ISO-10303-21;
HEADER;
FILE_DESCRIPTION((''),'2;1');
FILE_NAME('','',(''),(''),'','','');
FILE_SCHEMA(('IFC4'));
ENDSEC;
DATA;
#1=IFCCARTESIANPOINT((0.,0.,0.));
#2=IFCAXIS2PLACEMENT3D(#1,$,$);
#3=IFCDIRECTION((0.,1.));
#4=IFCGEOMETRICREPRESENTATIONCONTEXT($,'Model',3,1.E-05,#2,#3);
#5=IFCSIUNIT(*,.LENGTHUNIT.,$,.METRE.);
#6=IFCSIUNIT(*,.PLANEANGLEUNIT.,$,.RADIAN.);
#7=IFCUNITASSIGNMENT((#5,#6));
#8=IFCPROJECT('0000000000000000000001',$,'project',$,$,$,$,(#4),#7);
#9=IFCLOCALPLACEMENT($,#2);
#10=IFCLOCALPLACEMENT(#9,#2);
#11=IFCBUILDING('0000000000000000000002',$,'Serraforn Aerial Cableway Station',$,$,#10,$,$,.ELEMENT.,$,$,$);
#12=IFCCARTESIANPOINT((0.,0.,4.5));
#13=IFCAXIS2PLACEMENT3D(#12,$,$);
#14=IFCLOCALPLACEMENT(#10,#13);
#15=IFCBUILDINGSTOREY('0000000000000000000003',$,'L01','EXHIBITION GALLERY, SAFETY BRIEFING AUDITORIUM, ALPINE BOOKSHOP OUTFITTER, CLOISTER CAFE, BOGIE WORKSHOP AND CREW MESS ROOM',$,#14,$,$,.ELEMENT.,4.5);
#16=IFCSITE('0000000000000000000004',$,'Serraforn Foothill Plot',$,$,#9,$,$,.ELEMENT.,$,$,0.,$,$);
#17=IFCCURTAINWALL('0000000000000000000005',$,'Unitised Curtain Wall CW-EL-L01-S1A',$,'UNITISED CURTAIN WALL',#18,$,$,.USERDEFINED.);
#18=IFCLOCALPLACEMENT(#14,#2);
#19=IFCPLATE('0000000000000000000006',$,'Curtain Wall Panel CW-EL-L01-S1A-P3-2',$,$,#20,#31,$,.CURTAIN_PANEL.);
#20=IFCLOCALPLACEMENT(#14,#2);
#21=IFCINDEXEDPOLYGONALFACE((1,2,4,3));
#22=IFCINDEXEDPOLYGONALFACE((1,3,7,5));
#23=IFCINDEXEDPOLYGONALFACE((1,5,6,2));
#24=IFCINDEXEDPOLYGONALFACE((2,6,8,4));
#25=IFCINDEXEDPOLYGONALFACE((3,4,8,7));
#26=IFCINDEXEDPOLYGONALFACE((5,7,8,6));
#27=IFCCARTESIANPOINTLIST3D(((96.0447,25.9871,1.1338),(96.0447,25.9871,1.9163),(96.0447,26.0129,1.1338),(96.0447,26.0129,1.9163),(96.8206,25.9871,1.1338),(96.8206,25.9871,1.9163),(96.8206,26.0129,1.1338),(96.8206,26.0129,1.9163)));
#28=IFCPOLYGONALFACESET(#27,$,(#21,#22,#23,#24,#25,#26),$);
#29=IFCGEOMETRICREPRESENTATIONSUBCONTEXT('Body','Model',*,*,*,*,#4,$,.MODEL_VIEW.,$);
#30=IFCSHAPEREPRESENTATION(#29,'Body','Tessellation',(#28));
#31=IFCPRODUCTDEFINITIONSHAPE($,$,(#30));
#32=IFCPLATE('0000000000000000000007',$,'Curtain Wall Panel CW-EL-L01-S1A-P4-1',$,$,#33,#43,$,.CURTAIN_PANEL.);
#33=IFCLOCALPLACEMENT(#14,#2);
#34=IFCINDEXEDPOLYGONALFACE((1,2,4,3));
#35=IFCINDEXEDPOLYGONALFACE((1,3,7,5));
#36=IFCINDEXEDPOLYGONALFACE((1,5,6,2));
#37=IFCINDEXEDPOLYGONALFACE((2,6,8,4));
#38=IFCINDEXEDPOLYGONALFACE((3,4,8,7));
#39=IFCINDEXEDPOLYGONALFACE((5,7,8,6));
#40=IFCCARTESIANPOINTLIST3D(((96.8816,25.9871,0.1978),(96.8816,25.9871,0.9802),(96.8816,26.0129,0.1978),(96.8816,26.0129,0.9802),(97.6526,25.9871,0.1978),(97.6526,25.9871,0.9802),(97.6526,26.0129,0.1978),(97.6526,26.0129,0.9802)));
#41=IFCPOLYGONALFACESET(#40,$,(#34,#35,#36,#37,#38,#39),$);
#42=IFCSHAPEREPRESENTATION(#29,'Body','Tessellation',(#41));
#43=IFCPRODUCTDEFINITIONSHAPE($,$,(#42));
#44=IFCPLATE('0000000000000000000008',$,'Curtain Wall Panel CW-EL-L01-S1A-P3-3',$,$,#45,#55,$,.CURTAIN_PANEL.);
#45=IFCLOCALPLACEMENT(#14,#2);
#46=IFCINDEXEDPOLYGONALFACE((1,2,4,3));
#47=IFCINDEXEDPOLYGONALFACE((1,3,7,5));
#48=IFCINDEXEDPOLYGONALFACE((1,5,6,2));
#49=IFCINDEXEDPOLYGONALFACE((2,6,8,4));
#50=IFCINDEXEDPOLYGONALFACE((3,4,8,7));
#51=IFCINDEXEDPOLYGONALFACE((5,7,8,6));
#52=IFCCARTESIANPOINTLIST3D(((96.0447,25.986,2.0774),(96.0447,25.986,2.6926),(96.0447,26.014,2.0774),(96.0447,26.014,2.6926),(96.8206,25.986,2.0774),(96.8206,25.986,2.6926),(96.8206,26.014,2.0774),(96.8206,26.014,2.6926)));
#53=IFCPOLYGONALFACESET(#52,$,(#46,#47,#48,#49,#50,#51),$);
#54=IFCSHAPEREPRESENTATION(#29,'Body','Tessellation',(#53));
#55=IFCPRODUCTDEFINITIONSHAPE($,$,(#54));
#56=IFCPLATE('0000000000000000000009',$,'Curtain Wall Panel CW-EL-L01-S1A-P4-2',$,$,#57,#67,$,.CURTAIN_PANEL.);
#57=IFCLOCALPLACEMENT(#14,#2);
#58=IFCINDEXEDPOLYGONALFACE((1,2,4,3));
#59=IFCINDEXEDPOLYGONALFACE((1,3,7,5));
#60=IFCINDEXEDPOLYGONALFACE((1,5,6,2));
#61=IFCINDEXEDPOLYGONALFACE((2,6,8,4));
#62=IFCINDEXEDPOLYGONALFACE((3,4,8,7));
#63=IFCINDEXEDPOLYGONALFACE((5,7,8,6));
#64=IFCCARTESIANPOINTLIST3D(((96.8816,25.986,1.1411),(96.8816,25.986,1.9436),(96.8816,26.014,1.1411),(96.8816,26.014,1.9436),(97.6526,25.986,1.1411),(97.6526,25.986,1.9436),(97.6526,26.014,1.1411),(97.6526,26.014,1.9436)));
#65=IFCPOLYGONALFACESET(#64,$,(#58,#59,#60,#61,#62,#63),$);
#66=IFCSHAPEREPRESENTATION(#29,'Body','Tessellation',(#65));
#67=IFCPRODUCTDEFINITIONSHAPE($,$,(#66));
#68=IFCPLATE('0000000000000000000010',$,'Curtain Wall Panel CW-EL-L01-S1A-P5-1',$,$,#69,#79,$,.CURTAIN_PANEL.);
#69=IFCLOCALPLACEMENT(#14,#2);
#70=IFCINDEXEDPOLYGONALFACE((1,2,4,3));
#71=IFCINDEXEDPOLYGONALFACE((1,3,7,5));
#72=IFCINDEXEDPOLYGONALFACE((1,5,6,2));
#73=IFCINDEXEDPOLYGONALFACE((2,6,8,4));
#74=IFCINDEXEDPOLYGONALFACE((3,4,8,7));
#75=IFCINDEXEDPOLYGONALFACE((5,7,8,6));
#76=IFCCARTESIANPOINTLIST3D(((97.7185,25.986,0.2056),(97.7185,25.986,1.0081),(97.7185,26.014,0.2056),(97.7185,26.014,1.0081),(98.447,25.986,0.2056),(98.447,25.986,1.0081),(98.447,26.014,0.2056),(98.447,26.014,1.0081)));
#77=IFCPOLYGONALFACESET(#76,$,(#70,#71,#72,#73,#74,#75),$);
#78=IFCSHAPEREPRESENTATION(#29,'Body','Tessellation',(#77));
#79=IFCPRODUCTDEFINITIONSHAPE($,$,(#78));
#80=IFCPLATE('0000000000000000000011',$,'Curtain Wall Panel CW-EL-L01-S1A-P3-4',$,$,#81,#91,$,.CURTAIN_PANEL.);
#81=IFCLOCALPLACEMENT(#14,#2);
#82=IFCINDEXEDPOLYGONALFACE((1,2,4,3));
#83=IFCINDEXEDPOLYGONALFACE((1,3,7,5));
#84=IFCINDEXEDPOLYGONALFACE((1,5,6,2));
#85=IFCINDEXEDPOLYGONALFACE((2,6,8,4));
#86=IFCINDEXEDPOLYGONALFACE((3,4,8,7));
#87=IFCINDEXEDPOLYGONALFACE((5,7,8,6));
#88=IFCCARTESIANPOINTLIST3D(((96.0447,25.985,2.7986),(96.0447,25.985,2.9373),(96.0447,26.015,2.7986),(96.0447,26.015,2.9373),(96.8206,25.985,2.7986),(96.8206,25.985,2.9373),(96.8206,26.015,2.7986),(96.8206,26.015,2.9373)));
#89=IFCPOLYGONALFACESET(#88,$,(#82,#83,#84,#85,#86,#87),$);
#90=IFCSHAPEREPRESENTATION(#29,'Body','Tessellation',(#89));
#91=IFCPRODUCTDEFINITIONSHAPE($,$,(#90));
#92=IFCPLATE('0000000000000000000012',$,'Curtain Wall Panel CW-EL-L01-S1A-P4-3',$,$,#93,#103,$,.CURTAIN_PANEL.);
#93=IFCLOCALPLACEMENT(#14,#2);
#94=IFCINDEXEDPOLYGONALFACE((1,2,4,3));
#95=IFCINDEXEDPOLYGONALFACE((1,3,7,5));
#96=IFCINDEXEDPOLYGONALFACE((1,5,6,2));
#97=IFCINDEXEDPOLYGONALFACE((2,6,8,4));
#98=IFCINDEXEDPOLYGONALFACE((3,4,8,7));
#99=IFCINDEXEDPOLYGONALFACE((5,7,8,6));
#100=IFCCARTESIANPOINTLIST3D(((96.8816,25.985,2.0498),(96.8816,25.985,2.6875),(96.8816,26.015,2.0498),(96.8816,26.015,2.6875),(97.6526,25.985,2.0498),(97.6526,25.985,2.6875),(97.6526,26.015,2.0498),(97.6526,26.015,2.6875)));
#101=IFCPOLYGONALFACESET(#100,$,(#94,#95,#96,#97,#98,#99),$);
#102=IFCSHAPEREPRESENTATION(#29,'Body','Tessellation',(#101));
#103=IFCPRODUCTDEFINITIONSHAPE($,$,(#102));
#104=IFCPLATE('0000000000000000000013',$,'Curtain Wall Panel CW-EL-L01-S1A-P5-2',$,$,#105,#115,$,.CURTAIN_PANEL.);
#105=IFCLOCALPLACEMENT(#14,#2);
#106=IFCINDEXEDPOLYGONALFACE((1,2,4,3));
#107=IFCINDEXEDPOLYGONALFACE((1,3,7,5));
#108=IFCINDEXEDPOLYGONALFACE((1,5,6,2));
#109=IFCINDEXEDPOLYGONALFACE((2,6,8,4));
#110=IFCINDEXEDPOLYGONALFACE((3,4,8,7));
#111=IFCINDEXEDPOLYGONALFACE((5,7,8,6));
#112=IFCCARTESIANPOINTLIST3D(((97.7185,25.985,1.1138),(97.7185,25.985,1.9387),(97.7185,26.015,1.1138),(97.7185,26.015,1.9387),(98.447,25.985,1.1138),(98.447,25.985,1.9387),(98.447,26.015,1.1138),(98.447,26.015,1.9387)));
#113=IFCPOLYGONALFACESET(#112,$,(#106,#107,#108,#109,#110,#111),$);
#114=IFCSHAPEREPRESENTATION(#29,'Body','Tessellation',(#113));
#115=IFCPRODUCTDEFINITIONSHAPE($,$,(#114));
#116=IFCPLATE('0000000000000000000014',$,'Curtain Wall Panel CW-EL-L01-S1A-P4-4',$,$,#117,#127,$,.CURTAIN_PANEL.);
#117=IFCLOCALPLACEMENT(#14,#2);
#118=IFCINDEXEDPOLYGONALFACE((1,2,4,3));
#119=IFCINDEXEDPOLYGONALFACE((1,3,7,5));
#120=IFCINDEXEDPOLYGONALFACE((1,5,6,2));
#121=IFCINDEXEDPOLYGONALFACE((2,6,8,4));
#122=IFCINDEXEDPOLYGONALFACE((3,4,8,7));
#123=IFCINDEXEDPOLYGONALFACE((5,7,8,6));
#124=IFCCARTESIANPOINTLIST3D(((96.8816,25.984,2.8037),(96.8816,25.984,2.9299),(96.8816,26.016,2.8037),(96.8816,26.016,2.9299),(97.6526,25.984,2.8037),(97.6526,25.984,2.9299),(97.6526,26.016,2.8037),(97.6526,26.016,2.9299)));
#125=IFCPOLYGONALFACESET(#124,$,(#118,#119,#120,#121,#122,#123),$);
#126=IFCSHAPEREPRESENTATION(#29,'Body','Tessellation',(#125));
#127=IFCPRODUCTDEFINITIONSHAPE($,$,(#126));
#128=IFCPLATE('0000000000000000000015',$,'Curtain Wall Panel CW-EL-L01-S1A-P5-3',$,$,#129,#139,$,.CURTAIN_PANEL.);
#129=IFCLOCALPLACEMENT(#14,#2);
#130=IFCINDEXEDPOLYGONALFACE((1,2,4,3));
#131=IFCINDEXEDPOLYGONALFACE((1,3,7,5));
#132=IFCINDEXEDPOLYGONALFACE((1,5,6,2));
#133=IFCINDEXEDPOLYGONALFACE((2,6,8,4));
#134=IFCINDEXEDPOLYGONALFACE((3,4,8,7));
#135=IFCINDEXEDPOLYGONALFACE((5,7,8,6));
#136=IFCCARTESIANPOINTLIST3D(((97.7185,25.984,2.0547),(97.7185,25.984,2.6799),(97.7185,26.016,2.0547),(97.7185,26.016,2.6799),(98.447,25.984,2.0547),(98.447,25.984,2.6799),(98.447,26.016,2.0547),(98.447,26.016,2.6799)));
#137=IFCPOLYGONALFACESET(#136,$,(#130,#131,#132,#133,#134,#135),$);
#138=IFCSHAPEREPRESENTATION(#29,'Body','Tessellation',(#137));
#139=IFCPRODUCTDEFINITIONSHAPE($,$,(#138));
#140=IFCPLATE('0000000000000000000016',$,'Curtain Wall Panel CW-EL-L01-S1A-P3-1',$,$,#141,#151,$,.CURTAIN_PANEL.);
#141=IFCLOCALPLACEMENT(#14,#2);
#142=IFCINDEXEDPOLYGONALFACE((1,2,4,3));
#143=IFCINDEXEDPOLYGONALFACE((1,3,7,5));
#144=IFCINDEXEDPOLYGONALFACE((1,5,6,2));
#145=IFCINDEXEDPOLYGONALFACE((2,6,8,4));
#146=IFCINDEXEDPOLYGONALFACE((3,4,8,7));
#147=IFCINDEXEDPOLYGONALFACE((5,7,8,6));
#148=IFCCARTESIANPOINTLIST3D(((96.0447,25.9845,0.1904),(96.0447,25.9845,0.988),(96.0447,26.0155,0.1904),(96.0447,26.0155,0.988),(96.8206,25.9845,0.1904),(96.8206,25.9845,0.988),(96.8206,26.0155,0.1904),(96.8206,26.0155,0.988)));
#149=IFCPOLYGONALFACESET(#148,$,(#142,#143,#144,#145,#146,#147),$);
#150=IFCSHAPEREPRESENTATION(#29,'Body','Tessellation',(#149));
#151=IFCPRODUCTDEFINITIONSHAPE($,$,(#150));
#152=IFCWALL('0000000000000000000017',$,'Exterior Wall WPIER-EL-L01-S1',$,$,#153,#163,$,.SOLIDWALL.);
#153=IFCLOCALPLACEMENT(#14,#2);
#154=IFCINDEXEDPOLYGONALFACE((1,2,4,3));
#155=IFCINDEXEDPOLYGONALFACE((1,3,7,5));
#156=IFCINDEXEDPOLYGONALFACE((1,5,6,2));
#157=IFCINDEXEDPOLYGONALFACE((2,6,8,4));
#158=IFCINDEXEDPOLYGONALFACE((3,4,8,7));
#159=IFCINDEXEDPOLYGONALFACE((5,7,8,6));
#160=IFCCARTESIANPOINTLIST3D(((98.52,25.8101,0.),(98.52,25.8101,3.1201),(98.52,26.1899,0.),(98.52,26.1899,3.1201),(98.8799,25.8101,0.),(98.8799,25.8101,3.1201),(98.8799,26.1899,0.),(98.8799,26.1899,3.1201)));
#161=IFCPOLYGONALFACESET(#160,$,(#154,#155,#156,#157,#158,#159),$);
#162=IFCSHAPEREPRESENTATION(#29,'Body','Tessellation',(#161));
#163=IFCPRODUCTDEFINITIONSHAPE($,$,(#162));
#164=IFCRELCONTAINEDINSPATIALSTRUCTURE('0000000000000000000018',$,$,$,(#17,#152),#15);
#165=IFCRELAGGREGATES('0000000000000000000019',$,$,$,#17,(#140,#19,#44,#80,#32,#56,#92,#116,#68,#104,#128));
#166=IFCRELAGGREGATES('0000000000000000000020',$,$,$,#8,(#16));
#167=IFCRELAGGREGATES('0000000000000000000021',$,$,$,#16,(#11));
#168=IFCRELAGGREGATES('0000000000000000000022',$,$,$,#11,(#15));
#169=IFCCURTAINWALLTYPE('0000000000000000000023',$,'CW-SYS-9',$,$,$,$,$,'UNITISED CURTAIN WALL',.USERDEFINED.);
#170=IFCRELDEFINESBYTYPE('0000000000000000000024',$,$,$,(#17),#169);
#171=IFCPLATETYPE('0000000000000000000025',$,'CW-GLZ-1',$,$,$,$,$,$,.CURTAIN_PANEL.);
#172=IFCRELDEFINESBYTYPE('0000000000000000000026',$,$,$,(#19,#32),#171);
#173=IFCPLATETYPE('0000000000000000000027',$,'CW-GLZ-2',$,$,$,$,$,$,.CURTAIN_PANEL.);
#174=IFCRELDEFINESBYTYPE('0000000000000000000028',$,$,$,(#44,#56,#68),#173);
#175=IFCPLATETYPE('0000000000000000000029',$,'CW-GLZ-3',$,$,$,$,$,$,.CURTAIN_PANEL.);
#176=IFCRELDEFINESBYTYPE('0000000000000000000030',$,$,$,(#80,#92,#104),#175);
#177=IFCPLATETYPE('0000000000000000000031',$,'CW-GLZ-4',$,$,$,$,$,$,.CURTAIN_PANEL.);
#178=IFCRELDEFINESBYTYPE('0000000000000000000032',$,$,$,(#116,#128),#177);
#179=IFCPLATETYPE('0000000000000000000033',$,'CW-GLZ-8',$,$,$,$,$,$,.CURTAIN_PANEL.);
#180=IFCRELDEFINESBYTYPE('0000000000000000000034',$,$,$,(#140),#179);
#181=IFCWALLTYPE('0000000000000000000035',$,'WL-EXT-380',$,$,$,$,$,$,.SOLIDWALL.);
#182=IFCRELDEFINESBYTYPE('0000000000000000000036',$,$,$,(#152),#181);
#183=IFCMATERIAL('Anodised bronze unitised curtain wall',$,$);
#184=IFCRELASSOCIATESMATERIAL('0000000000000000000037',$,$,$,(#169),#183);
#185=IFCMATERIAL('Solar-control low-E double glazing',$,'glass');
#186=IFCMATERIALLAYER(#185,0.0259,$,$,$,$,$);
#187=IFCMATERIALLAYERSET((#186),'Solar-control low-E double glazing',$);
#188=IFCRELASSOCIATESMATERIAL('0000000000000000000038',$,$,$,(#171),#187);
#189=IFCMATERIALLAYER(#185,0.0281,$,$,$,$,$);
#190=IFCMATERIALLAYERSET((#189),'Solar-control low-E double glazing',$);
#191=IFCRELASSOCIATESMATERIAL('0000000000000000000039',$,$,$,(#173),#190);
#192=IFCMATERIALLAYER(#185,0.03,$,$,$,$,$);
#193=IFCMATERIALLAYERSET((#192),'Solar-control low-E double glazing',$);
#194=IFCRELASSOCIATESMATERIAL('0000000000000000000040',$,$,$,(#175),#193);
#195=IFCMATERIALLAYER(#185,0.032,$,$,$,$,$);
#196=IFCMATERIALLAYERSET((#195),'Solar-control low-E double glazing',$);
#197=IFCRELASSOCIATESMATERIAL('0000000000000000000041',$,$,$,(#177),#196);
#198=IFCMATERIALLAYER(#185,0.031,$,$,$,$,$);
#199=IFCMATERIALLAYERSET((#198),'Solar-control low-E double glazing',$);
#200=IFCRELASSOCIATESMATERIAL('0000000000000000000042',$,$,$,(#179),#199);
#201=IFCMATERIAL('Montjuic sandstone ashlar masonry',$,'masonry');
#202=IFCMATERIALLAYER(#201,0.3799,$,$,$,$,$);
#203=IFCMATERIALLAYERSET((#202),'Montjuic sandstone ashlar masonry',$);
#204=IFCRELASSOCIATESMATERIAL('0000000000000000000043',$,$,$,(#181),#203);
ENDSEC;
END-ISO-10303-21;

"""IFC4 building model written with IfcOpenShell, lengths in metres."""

from ifc_helpers import new_model, si_unit, direction, frame, frame_2d, origin, origin_2d, place, context, subcontext, project, spatial, rectangle, extrude, material, layer, layer_set, type_object, element, aggregate, save


model = new_model("IFC4")

# Units and contexts
model_context = context("Model", 3, precision=1e-05, world=origin(), true_north=direction((0.0, 1.0)))
body_context = subcontext(model_context, "Body", "Model", "MODEL_VIEW")
ifc_project = project(units=[si_unit("LENGTHUNIT", "METRE"), si_unit("PLANEANGLEUNIT", "RADIAN")], contexts=[model_context])

# Site, building, storey
site_placement = place(None, origin())
site = spatial("IfcSite", under=ifc_project, at=site_placement, Name="Serraforn Foothill Plot", CompositionType="ELEMENT", RefElevation=0.0)
building_placement = place(site_placement, origin())
building = spatial("IfcBuilding", under=site, at=building_placement, Name="Serraforn Aerial Cableway Station", CompositionType="ELEMENT")
storey_placement = place(building_placement, frame((0.0, 0.0, 4.5)))
storey = spatial("IfcBuildingStorey", under=building, at=storey_placement, Name="L01", Description="EXHIBITION GALLERY, SAFETY BRIEFING AUDITORIUM, ALPINE BOOKSHOP OUTFITTER, CLOISTER CAFE, BOGIE WORKSHOP AND CREW MESS ROOM", CompositionType="ELEMENT", Elevation=4.5)

# Shared definitions
ifc_material_1 = material(Name="Anodised bronze unitised curtain wall")

# Curtain wall, plates
curtain_wall_type_1 = type_object("IfcCurtainWallType", Name="CW-SYS-9", ElementType="UNITISED CURTAIN WALL", PredefinedType="USERDEFINED", material=ifc_material_1)
curtain_wall_1_placement = place(storey_placement, origin())
curtain_wall_1 = element("IfcCurtainWall", 1, at=curtain_wall_1_placement, inside=storey, type_object=curtain_wall_type_1, Name="Unitised Curtain Wall CW-EL-L01-S1A", ObjectType="UNITISED CURTAIN WALL", PredefinedType="USERDEFINED")
ifc_material_2 = material(Name="Solar-control low-E double glazing", Category="glass")
ifc_layer_1 = layer(ifc_material_2, 0.0259)
ifc_layer_set_1 = layer_set([ifc_layer_1], Name="Solar-control low-E double glazing")
plate_type_1 = type_object("IfcPlateType", Name="CW-GLZ-1", PredefinedType="CURTAIN_PANEL", material=ifc_layer_set_1)
plate_1_placement = place(storey_placement, frame((96.4326, 26.0, 1.1338), z_axis=(0.0, 0.0, 1.0), x_axis=(1.0, 0.0, 0.0)))
plate_1 = element("IfcPlate", 2, at=plate_1_placement, type_object=plate_type_1, Name="Curtain Wall Panel CW-EL-L01-S1A-P3-2", PredefinedType="CURTAIN_PANEL", context=body_context, shape_type="SweptSolid", body=[
    extrude(rectangle(XDim=0.7759, YDim=0.0259, at=origin_2d()), origin(), (0.0, 0.0, 1.0), 0.7825),
])
plate_2_placement = place(storey_placement, frame((97.2671, 26.0, 0.1978), z_axis=(0.0, 0.0, 1.0), x_axis=(1.0, 0.0, 0.0)))
plate_2 = element("IfcPlate", 3, at=plate_2_placement, type_object=plate_type_1, Name="Curtain Wall Panel CW-EL-L01-S1A-P4-1", PredefinedType="CURTAIN_PANEL", context=body_context, shape_type="SweptSolid", body=[
    extrude(rectangle(XDim=0.771, YDim=0.0259, at=origin_2d()), origin(), (0.0, 0.0, 1.0), 0.7825),
])
ifc_layer_2 = layer(ifc_material_2, 0.0281)
ifc_layer_set_2 = layer_set([ifc_layer_2], Name="Solar-control low-E double glazing")
plate_type_2 = type_object("IfcPlateType", Name="CW-GLZ-2", PredefinedType="CURTAIN_PANEL", material=ifc_layer_set_2)
plate_3_placement = place(storey_placement, frame((96.4326, 26.0, 2.0774), z_axis=(0.0, 0.0, 1.0), x_axis=(1.0, 0.0, 0.0)))
plate_3 = element("IfcPlate", 4, at=plate_3_placement, type_object=plate_type_2, Name="Curtain Wall Panel CW-EL-L01-S1A-P3-3", PredefinedType="CURTAIN_PANEL", context=body_context, shape_type="SweptSolid", body=[
    extrude(rectangle(XDim=0.7759, YDim=0.0281, at=origin_2d()), origin(), (0.0, 0.0, 1.0), 0.6152),
])
plate_4_placement = place(storey_placement, frame((97.2671, 26.0, 1.1411), z_axis=(0.0, 0.0, 1.0), x_axis=(1.0, 0.0, 0.0)))
plate_4 = element("IfcPlate", 5, at=plate_4_placement, type_object=plate_type_2, Name="Curtain Wall Panel CW-EL-L01-S1A-P4-2", PredefinedType="CURTAIN_PANEL", context=body_context, shape_type="SweptSolid", body=[
    extrude(rectangle(XDim=0.771, YDim=0.0281, at=origin_2d()), origin(), (0.0, 0.0, 1.0), 0.8025),
])
plate_5_placement = place(storey_placement, frame((98.0828, 26.0, 0.2056), z_axis=(0.0, 0.0, 1.0), x_axis=(1.0, 0.0, 0.0)))
plate_5 = element("IfcPlate", 6, at=plate_5_placement, type_object=plate_type_2, Name="Curtain Wall Panel CW-EL-L01-S1A-P5-1", PredefinedType="CURTAIN_PANEL", context=body_context, shape_type="SweptSolid", body=[
    extrude(rectangle(XDim=0.7285, YDim=0.0281, at=origin_2d()), origin(), (0.0, 0.0, 1.0), 0.8025),
])
ifc_layer_3 = layer(ifc_material_2, 0.03)
ifc_layer_set_3 = layer_set([ifc_layer_3], Name="Solar-control low-E double glazing")
plate_type_3 = type_object("IfcPlateType", Name="CW-GLZ-3", PredefinedType="CURTAIN_PANEL", material=ifc_layer_set_3)
plate_6_placement = place(storey_placement, frame((96.4326, 26.0, 2.7986), z_axis=(0.0, 0.0, 1.0), x_axis=(1.0, 0.0, 0.0)))
plate_6 = element("IfcPlate", 7, at=plate_6_placement, type_object=plate_type_3, Name="Curtain Wall Panel CW-EL-L01-S1A-P3-4", PredefinedType="CURTAIN_PANEL", context=body_context, shape_type="SweptSolid", body=[
    extrude(rectangle(XDim=0.7759, YDim=0.03, at=origin_2d()), origin(), (0.0, 0.0, 1.0), 0.1387),
])
plate_7_placement = place(storey_placement, frame((97.2671, 26.0, 2.0498), z_axis=(0.0, 0.0, 1.0), x_axis=(1.0, 0.0, 0.0)))
plate_7 = element("IfcPlate", 8, at=plate_7_placement, type_object=plate_type_3, Name="Curtain Wall Panel CW-EL-L01-S1A-P4-3", PredefinedType="CURTAIN_PANEL", context=body_context, shape_type="SweptSolid", body=[
    extrude(rectangle(XDim=0.771, YDim=0.03, at=origin_2d()), origin(), (0.0, 0.0, 1.0), 0.6377),
])
plate_8_placement = place(storey_placement, frame((98.0828, 26.0, 1.1138), z_axis=(0.0, 0.0, 1.0), x_axis=(1.0, 0.0, 0.0)))
plate_8 = element("IfcPlate", 9, at=plate_8_placement, type_object=plate_type_3, Name="Curtain Wall Panel CW-EL-L01-S1A-P5-2", PredefinedType="CURTAIN_PANEL", context=body_context, shape_type="SweptSolid", body=[
    extrude(rectangle(XDim=0.7285, YDim=0.03, at=origin_2d()), origin(), (0.0, 0.0, 1.0), 0.825),
])
ifc_layer_4 = layer(ifc_material_2, 0.032)
ifc_layer_set_4 = layer_set([ifc_layer_4], Name="Solar-control low-E double glazing")
plate_type_4 = type_object("IfcPlateType", Name="CW-GLZ-4", PredefinedType="CURTAIN_PANEL", material=ifc_layer_set_4)
plate_9_placement = place(storey_placement, frame((97.2671, 26.0, 2.8037), z_axis=(0.0, 0.0, 1.0), x_axis=(1.0, 0.0, 0.0)))
plate_9 = element("IfcPlate", 10, at=plate_9_placement, type_object=plate_type_4, Name="Curtain Wall Panel CW-EL-L01-S1A-P4-4", PredefinedType="CURTAIN_PANEL", context=body_context, shape_type="SweptSolid", body=[
    extrude(rectangle(XDim=0.771, YDim=0.032, at=origin_2d()), origin(), (0.0, 0.0, 1.0), 0.1262),
])
plate_10_placement = place(storey_placement, frame((98.0828, 26.0, 2.0547), z_axis=(0.0, 0.0, 1.0), x_axis=(1.0, 0.0, 0.0)))
plate_10 = element("IfcPlate", 11, at=plate_10_placement, type_object=plate_type_4, Name="Curtain Wall Panel CW-EL-L01-S1A-P5-3", PredefinedType="CURTAIN_PANEL", context=body_context, shape_type="SweptSolid", body=[
    extrude(rectangle(XDim=0.7285, YDim=0.032, at=origin_2d()), origin(), (0.0, 0.0, 1.0), 0.6252),
])
ifc_layer_5 = layer(ifc_material_2, 0.031)
ifc_layer_set_5 = layer_set([ifc_layer_5], Name="Solar-control low-E double glazing")
plate_type_5 = type_object("IfcPlateType", Name="CW-GLZ-8", PredefinedType="CURTAIN_PANEL", material=ifc_layer_set_5)
plate_11_placement = place(storey_placement, frame((96.4326, 26.0, 0.1904), z_axis=(0.0, 0.0, 1.0), x_axis=(1.0, 0.0, 0.0)))
plate_11 = element("IfcPlate", 12, at=plate_11_placement, type_object=plate_type_5, Name="Curtain Wall Panel CW-EL-L01-S1A-P3-1", PredefinedType="CURTAIN_PANEL", context=body_context, shape_type="SweptSolid", body=[
    extrude(rectangle(XDim=0.7759, YDim=0.031, at=origin_2d()), origin(), (0.0, 0.0, 1.0), 0.7976),
])
aggregate(curtain_wall_1, [plate_11, plate_1, plate_3, plate_6, plate_2, plate_4, plate_7, plate_9, plate_5, plate_8, plate_10])

# Wall
ifc_material_3 = material(Name="Montjuic sandstone ashlar masonry", Category="masonry")
ifc_layer_6 = layer(ifc_material_3, 0.3799)
ifc_layer_set_6 = layer_set([ifc_layer_6], Name="Montjuic sandstone ashlar masonry")
wall_type = type_object("IfcWallType", Name="WL-EXT-380", PredefinedType="SOLIDWALL", material=ifc_layer_set_6)
wall_placement = place(storey_placement, frame((98.52, 26.0, 0.0), z_axis=(0.0, 0.0, 1.0), x_axis=(1.0, 0.0, 0.0)))
element("IfcWall", 13, at=wall_placement, inside=storey, type_object=wall_type, Name="Exterior Wall WPIER-EL-L01-S1", PredefinedType="SOLIDWALL", context=body_context, shape_type="SweptSolid", body=[
    extrude(rectangle(XDim=0.3599, YDim=0.3799, at=frame_2d((0.1799, 0.0))), origin(), (0.0, 0.0, 1.0), 3.1201),
])

save(model, "model.ifc")
